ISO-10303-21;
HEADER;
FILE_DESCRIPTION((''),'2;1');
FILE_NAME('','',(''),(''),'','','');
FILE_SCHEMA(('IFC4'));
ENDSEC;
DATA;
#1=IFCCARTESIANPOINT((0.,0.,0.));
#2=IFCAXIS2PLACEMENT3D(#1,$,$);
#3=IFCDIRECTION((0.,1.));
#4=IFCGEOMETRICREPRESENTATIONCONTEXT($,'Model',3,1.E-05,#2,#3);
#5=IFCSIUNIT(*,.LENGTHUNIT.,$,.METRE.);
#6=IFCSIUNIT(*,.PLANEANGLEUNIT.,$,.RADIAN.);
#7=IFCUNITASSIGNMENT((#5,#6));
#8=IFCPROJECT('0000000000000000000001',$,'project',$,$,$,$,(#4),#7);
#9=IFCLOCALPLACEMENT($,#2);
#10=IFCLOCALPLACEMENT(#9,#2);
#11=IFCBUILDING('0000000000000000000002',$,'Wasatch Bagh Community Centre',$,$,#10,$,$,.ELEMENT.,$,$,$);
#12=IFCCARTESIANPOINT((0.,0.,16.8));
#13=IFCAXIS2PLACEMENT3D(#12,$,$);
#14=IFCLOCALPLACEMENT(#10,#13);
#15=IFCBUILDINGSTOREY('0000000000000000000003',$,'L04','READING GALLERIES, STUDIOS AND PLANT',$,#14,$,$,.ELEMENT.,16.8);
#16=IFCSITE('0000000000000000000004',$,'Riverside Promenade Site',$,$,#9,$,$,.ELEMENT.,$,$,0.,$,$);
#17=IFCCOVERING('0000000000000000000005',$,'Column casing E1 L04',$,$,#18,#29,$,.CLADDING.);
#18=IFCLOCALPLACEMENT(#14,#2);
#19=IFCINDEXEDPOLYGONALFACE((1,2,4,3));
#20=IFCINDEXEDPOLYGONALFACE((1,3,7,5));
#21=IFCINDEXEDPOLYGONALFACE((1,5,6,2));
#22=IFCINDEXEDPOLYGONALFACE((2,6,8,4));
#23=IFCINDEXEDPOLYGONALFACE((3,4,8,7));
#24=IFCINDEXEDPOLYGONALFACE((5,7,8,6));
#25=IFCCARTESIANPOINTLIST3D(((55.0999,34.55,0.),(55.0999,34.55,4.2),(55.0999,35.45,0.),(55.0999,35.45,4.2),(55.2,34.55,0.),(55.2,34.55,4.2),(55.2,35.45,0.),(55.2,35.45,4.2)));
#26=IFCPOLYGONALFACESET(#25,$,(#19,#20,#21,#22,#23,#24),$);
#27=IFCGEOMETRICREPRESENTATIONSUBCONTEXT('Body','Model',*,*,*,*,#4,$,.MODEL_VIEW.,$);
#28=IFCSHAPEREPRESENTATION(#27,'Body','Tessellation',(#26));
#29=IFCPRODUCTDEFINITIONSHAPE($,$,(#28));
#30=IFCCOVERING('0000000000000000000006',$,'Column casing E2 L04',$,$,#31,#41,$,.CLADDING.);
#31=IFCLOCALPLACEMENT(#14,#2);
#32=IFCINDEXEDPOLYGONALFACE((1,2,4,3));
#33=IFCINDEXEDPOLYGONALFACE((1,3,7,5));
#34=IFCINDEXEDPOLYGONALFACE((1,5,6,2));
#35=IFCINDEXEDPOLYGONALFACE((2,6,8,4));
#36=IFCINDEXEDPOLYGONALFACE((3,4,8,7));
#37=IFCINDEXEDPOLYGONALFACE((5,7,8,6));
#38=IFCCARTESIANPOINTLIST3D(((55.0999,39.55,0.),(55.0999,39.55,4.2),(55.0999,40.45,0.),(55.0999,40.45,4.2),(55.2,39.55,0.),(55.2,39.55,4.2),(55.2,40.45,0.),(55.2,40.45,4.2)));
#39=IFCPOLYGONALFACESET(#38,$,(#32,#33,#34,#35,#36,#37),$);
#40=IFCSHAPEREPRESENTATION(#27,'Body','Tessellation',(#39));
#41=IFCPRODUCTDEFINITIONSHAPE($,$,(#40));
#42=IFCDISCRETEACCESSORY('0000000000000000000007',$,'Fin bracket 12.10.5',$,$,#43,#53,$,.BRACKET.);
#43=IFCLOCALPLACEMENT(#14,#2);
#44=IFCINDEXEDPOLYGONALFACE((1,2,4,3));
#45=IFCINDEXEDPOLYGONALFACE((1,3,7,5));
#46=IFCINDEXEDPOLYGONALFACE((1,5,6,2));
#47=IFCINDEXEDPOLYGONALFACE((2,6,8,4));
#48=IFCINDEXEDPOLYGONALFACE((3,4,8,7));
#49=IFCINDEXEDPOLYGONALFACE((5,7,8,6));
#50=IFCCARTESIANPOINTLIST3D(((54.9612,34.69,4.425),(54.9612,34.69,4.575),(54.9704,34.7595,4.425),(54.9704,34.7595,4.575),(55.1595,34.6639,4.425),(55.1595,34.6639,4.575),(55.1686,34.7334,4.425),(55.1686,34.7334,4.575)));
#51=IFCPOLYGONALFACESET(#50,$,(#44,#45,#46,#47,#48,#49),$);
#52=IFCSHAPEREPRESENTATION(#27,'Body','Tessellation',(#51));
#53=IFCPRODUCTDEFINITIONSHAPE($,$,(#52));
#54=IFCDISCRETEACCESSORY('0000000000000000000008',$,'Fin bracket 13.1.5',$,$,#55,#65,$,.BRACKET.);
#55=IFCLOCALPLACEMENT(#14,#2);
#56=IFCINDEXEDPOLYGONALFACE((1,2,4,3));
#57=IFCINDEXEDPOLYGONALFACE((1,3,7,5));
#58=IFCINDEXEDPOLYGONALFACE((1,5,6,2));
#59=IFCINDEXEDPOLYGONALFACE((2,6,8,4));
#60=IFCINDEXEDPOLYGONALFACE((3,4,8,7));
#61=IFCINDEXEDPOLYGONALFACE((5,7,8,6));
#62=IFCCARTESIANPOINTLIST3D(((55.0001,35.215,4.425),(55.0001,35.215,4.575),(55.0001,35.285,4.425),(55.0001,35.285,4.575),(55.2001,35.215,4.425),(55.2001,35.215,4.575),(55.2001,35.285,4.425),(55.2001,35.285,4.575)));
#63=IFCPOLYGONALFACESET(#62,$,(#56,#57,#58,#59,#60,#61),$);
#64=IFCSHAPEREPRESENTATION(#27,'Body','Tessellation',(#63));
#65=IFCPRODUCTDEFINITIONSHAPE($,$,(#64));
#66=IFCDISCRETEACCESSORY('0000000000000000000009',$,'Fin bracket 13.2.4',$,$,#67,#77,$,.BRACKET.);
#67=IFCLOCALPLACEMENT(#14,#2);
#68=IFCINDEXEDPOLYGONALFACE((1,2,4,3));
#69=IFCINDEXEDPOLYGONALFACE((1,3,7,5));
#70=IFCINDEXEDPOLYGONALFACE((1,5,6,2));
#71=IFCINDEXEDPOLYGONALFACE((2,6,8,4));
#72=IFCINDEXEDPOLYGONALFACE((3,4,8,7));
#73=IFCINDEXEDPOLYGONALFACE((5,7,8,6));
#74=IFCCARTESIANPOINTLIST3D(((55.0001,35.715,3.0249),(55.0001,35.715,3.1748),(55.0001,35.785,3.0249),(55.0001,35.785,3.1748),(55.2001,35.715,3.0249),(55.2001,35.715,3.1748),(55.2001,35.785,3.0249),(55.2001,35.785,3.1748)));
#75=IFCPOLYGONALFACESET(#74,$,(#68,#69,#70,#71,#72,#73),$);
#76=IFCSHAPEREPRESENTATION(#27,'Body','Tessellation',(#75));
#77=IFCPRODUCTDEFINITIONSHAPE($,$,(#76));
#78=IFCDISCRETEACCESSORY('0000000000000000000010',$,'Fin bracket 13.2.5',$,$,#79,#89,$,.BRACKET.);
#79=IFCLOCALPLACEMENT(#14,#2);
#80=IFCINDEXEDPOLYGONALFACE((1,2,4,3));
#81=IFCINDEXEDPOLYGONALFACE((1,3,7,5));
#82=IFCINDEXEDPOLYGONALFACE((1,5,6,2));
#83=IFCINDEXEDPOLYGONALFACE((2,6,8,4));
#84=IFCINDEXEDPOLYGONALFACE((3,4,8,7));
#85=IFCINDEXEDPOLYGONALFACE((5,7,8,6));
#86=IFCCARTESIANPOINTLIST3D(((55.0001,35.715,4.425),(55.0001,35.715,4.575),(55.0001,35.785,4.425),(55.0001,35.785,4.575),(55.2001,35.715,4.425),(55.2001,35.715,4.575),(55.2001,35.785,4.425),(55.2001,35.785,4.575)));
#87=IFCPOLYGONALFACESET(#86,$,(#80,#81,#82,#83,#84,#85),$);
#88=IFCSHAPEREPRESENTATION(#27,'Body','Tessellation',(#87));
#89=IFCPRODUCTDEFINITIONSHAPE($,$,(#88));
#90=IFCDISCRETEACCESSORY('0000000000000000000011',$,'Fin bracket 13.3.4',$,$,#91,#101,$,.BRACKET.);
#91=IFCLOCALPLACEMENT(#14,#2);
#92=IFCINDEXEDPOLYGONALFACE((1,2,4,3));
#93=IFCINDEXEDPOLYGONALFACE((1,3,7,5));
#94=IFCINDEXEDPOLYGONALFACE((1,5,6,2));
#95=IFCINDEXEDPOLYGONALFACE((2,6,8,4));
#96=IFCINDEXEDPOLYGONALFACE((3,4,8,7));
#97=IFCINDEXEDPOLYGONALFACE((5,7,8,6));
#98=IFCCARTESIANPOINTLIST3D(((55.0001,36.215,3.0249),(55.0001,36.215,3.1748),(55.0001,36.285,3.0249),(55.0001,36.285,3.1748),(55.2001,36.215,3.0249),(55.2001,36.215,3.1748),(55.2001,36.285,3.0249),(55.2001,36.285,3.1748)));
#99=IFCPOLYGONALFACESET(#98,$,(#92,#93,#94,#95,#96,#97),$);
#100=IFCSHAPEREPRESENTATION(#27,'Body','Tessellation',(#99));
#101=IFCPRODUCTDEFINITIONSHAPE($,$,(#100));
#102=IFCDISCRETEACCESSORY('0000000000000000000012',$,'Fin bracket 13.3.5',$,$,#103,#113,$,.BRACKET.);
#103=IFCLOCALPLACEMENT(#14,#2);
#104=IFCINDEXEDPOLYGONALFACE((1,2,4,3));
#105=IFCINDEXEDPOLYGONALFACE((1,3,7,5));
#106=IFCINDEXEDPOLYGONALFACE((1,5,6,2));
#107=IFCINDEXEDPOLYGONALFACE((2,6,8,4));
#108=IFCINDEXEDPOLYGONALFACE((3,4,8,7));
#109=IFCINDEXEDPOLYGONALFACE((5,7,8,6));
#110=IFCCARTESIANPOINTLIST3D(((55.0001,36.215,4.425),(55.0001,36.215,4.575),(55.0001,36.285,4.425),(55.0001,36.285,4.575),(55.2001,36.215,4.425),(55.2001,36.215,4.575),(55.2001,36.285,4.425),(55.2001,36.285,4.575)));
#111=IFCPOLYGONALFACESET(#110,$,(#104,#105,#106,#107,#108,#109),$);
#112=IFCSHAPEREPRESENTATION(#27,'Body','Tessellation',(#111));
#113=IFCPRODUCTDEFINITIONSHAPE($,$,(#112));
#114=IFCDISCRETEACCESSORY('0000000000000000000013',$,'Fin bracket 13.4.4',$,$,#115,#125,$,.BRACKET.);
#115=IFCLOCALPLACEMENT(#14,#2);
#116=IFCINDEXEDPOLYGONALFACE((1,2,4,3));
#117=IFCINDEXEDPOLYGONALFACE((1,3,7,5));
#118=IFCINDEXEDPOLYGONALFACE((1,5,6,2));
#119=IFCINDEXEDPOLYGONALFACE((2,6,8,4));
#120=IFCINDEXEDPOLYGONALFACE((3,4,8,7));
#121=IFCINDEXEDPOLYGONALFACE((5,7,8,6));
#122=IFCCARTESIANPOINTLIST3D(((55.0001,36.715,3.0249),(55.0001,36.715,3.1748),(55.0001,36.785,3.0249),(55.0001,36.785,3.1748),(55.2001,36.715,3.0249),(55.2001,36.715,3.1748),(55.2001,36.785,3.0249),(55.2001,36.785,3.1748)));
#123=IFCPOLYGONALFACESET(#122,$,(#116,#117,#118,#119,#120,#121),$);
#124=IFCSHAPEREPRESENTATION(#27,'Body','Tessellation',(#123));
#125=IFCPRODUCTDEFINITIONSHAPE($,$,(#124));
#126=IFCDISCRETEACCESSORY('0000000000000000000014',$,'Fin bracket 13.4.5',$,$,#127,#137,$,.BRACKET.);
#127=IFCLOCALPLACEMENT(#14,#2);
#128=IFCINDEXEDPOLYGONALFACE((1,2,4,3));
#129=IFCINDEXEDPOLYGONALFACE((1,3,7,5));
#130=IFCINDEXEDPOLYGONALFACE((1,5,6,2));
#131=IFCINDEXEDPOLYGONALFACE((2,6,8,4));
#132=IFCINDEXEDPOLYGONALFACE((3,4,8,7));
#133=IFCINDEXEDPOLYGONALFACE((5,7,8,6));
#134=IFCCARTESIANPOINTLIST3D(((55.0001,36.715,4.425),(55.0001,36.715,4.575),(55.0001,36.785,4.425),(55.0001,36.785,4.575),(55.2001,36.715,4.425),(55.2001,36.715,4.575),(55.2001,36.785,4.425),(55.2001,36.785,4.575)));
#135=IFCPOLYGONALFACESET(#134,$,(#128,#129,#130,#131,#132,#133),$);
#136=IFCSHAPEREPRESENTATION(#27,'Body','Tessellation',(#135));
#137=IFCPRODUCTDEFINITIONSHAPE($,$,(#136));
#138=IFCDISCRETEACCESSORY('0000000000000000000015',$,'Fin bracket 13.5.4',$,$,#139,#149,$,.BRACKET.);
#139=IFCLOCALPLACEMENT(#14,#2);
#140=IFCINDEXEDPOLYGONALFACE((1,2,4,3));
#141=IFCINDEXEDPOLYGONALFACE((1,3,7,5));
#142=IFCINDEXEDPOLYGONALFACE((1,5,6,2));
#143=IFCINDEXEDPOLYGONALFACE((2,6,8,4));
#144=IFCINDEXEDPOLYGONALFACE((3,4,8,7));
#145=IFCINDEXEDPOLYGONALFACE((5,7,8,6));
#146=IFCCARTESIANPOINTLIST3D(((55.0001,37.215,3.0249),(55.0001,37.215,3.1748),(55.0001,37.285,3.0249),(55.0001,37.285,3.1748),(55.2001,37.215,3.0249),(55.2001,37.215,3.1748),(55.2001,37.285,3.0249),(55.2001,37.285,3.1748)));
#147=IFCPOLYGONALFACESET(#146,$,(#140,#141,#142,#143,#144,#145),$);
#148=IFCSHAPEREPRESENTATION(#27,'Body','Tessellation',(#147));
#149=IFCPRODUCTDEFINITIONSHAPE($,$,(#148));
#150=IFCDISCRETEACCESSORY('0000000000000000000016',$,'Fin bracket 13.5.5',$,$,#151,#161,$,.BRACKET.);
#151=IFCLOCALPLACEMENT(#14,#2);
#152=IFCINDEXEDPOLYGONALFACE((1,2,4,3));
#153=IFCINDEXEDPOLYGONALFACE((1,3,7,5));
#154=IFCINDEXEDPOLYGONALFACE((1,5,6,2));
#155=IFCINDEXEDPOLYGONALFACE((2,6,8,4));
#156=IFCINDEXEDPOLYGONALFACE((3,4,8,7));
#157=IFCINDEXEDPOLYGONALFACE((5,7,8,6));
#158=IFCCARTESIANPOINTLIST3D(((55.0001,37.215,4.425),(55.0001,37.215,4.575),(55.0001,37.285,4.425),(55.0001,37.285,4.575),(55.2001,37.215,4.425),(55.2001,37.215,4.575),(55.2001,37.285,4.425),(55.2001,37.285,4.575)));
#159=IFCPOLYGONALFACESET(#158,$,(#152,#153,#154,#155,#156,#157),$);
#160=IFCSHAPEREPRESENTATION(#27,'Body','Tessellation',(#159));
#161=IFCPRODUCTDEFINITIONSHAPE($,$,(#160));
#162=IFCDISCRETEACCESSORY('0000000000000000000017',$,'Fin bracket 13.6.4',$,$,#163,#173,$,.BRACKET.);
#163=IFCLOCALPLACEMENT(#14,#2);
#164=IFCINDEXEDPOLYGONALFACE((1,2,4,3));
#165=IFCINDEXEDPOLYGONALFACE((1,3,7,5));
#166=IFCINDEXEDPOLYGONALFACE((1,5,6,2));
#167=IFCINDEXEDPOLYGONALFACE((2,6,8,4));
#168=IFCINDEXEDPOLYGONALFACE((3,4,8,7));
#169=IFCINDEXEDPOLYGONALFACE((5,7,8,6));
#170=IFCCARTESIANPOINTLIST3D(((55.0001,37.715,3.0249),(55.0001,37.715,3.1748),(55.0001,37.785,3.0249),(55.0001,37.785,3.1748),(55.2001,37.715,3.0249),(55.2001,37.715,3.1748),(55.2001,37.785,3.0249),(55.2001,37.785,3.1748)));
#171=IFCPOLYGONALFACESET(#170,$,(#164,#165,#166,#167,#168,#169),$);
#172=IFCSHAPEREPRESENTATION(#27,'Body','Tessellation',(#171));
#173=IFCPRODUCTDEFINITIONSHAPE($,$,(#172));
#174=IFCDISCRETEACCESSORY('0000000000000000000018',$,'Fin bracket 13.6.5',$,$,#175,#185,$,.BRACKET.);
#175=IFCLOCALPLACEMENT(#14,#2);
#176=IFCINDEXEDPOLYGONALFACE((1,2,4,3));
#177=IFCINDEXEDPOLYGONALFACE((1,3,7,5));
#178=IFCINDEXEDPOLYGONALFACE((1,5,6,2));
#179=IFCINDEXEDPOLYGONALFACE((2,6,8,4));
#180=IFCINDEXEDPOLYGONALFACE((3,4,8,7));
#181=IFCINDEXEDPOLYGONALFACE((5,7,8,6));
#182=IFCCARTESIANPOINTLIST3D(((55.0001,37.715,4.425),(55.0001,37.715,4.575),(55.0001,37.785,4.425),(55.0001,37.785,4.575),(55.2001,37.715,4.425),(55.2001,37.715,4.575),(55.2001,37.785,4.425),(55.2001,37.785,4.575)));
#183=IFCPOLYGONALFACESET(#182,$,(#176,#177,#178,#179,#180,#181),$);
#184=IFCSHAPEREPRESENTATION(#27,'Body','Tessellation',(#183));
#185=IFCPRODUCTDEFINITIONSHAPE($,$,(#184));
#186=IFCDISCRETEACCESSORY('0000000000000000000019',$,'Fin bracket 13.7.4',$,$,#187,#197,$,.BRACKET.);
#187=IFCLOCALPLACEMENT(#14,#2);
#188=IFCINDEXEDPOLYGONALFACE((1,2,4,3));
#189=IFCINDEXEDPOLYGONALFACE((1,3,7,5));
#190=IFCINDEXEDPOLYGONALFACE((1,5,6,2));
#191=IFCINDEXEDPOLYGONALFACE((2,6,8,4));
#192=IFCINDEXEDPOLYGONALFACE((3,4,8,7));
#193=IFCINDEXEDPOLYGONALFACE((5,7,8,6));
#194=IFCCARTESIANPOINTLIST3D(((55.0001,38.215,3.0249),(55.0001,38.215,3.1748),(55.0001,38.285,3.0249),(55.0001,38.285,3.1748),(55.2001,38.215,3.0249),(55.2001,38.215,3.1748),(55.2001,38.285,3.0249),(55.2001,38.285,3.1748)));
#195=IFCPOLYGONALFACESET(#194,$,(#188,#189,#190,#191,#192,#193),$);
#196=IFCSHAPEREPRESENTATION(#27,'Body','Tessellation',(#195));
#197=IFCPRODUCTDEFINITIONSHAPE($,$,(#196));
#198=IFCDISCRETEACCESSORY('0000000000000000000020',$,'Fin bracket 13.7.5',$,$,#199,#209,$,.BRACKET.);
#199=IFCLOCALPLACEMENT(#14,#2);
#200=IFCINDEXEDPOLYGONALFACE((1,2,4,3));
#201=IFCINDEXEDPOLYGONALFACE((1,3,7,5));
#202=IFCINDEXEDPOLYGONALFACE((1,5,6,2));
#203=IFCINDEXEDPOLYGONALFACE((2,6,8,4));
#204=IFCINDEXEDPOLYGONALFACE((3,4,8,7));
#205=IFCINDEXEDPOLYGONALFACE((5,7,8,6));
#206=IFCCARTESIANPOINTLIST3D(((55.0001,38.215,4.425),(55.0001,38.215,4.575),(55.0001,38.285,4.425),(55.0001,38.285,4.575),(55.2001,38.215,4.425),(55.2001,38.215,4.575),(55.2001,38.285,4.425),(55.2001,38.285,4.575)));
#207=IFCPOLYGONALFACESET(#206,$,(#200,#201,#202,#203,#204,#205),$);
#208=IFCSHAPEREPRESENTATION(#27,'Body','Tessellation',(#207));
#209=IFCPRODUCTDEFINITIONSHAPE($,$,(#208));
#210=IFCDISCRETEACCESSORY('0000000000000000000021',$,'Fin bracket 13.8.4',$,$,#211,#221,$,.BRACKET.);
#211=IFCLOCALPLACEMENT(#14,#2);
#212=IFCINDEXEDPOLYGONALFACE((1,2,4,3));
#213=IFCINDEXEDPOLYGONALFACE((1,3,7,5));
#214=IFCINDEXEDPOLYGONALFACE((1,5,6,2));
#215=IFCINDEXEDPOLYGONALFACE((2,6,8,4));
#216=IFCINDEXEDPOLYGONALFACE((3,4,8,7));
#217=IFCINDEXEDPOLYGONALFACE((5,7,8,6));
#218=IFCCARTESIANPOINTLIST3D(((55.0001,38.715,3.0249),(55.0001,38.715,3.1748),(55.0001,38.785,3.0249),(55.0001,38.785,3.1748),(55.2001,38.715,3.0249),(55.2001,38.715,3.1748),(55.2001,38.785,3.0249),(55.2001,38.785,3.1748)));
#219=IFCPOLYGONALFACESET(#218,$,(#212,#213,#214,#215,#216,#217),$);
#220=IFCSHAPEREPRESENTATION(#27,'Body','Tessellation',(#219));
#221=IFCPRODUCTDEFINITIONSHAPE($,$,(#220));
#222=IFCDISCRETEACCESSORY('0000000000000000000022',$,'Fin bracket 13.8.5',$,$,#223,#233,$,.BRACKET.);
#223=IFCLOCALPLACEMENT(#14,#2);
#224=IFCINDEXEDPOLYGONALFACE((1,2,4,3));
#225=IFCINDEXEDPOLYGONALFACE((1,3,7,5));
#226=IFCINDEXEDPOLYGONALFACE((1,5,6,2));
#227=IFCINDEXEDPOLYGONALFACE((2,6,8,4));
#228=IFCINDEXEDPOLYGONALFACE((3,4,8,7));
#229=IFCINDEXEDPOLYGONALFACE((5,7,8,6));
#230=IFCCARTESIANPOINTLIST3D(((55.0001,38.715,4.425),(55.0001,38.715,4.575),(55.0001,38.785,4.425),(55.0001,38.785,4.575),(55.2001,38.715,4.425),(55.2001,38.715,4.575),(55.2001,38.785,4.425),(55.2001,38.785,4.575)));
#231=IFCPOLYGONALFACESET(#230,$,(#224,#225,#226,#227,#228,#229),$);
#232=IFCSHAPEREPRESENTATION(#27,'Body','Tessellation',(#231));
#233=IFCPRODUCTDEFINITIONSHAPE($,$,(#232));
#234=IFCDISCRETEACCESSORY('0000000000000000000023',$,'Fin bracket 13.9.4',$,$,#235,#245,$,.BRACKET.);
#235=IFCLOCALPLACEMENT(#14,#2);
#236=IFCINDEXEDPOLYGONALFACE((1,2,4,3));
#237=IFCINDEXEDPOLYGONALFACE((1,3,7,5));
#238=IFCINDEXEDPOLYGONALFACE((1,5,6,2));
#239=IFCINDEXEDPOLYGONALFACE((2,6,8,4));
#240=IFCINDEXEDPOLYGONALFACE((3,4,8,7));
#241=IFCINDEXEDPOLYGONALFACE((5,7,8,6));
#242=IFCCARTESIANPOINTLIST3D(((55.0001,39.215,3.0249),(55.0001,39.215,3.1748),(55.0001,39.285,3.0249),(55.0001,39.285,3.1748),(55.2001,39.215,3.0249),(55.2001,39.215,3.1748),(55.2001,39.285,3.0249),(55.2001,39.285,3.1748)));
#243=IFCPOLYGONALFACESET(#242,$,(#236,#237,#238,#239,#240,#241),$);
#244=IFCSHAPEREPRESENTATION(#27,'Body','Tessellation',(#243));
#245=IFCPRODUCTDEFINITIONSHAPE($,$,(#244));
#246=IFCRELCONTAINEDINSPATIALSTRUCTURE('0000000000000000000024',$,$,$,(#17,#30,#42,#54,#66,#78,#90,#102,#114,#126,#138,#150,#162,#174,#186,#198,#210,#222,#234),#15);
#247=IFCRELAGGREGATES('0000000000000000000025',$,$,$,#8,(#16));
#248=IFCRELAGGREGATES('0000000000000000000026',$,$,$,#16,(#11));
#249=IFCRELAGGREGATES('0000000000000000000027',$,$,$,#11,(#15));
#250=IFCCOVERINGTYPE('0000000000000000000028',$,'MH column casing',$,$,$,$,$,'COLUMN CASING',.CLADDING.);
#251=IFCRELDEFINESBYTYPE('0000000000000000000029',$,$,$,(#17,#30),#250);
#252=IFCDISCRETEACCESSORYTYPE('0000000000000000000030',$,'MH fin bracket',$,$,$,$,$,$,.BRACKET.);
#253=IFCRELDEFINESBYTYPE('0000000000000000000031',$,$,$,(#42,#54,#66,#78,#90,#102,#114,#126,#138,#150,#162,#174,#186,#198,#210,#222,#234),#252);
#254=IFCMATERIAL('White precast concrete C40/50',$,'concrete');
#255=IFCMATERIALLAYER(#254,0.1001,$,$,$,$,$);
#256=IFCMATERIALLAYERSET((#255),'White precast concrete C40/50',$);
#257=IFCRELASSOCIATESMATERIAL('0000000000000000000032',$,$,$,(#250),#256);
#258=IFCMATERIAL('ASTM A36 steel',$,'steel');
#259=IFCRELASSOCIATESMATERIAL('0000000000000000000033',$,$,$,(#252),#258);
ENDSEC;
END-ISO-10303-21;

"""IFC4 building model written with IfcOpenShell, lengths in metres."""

from ifc_helpers import new_model, si_unit, direction, frame, origin, origin_2d, place, context, subcontext, project, spatial, rectangle, extrude, material, layer, layer_set, type_object, element, save


model = new_model("IFC4")

# Units and contexts
model_context = context("Model", 3, precision=1e-05, world=origin(), true_north=direction((0.0, 1.0)))
body_context = subcontext(model_context, "Body", "Model", "MODEL_VIEW")
ifc_project = project(units=[si_unit("LENGTHUNIT", "METRE"), si_unit("PLANEANGLEUNIT", "RADIAN")], contexts=[model_context])

# Site, building, storey
site_placement = place(None, origin())
site = spatial("IfcSite", under=ifc_project, at=site_placement, Name="Riverside Promenade Site", CompositionType="ELEMENT", RefElevation=0.0)
building_placement = place(site_placement, origin())
building = spatial("IfcBuilding", under=site, at=building_placement, Name="Wasatch Bagh Community Centre", CompositionType="ELEMENT")
storey_placement = place(building_placement, frame((0.0, 0.0, 16.8)))
storey = spatial("IfcBuildingStorey", under=building, at=storey_placement, Name="L04", Description="READING GALLERIES, STUDIOS AND PLANT", CompositionType="ELEMENT", Elevation=16.8)

# Coverings
ifc_material_1 = material(Name="White precast concrete C40/50", Category="concrete")
ifc_layer_1 = layer(ifc_material_1, 0.1001)
ifc_layer_set_1 = layer_set([ifc_layer_1], Name="White precast concrete C40/50")
covering_type = type_object("IfcCoveringType", Name="MH column casing", ElementType="COLUMN CASING", PredefinedType="CLADDING", material=ifc_layer_set_1)
for number, where, z_axis, x_axis, name in (
    (1, (55.1499, 35.0, 0.0), (0.0, 0.0, 1.0), (0.0, 1.0, 0.0), "Column casing E1 L04"),
    (2, (55.1499, 40.0, 0.0), (0.0, 0.0, 1.0), (0.0, 1.0, 0.0), "Column casing E2 L04"),
):
    element("IfcCovering", number, at=place(storey_placement, frame(where, z_axis=z_axis, x_axis=x_axis)), inside=storey, type_object=covering_type, Name=name, PredefinedType="CLADDING", context=body_context, shape_type="SweptSolid", body=[
        extrude(rectangle(XDim=0.8999, YDim=0.1001, at=origin_2d()), origin(), (0.0, 0.0, 1.0), 4.2),
    ])

# Discrete accessories
ifc_material_2 = material(Name="ASTM A36 steel", Category="steel")
discrete_accessory_type = type_object("IfcDiscreteAccessoryType", Name="MH fin bracket", PredefinedType="BRACKET", material=ifc_material_2)
for number, where, z_axis, x_axis, name in (
    (3, (55.0649, 34.7117, 4.425), (0.0, 0.0, 1.0), (0.130526, 0.991445, 0.0), "Fin bracket 12.10.5"),
    (4, (55.1001, 35.25, 4.425), (0.0, 0.0, 1.0), (0.0, 1.0, 0.0), "Fin bracket 13.1.5"),
    (5, (55.1001, 35.75, 3.0249), (0.0, 0.0, 1.0), (0.0, 1.0, 0.0), "Fin bracket 13.2.4"),
    (6, (55.1001, 35.75, 4.425), (0.0, 0.0, 1.0), (0.0, 1.0, 0.0), "Fin bracket 13.2.5"),
    (7, (55.1001, 36.25, 3.0249), (0.0, 0.0, 1.0), (0.0, 1.0, 0.0), "Fin bracket 13.3.4"),
    (8, (55.1001, 36.25, 4.425), (0.0, 0.0, 1.0), (0.0, 1.0, 0.0), "Fin bracket 13.3.5"),
    (9, (55.1001, 36.75, 3.0249), (0.0, 0.0, 1.0), (0.0, 1.0, 0.0), "Fin bracket 13.4.4"),
    (10, (55.1001, 36.75, 4.425), (0.0, 0.0, 1.0), (0.0, 1.0, 0.0), "Fin bracket 13.4.5"),
    (11, (55.1001, 37.25, 3.0249), (0.0, 0.0, 1.0), (0.0, 1.0, 0.0), "Fin bracket 13.5.4"),
    (12, (55.1001, 37.25, 4.425), (0.0, 0.0, 1.0), (0.0, 1.0, 0.0), "Fin bracket 13.5.5"),
    (13, (55.1001, 37.75, 3.0249), (0.0, 0.0, 1.0), (0.0, 1.0, 0.0), "Fin bracket 13.6.4"),
    (14, (55.1001, 37.75, 4.425), (0.0, 0.0, 1.0), (0.0, 1.0, 0.0), "Fin bracket 13.6.5"),
    (15, (55.1001, 38.25, 3.0249), (0.0, 0.0, 1.0), (0.0, 1.0, 0.0), "Fin bracket 13.7.4"),
    (16, (55.1001, 38.25, 4.425), (0.0, 0.0, 1.0), (0.0, 1.0, 0.0), "Fin bracket 13.7.5"),
    (17, (55.1001, 38.75, 3.0249), (0.0, 0.0, 1.0), (0.0, 1.0, 0.0), "Fin bracket 13.8.4"),
    (18, (55.1001, 38.75, 4.425), (0.0, 0.0, 1.0), (0.0, 1.0, 0.0), "Fin bracket 13.8.5"),
    (19, (55.1001, 39.25, 3.0249), (0.0, 0.0, 1.0), (0.0, 1.0, 0.0), "Fin bracket 13.9.4"),
):
    element("IfcDiscreteAccessory", number, at=place(storey_placement, frame(where, z_axis=z_axis, x_axis=x_axis)), inside=storey, type_object=discrete_accessory_type, Name=name, PredefinedType="BRACKET", context=body_context, shape_type="SweptSolid", body=[
        extrude(rectangle(XDim=0.0701, YDim=0.2, at=origin_2d()), origin(), (0.0, 0.0, 1.0), 0.1499),
    ])

save(model, "model.ifc")
